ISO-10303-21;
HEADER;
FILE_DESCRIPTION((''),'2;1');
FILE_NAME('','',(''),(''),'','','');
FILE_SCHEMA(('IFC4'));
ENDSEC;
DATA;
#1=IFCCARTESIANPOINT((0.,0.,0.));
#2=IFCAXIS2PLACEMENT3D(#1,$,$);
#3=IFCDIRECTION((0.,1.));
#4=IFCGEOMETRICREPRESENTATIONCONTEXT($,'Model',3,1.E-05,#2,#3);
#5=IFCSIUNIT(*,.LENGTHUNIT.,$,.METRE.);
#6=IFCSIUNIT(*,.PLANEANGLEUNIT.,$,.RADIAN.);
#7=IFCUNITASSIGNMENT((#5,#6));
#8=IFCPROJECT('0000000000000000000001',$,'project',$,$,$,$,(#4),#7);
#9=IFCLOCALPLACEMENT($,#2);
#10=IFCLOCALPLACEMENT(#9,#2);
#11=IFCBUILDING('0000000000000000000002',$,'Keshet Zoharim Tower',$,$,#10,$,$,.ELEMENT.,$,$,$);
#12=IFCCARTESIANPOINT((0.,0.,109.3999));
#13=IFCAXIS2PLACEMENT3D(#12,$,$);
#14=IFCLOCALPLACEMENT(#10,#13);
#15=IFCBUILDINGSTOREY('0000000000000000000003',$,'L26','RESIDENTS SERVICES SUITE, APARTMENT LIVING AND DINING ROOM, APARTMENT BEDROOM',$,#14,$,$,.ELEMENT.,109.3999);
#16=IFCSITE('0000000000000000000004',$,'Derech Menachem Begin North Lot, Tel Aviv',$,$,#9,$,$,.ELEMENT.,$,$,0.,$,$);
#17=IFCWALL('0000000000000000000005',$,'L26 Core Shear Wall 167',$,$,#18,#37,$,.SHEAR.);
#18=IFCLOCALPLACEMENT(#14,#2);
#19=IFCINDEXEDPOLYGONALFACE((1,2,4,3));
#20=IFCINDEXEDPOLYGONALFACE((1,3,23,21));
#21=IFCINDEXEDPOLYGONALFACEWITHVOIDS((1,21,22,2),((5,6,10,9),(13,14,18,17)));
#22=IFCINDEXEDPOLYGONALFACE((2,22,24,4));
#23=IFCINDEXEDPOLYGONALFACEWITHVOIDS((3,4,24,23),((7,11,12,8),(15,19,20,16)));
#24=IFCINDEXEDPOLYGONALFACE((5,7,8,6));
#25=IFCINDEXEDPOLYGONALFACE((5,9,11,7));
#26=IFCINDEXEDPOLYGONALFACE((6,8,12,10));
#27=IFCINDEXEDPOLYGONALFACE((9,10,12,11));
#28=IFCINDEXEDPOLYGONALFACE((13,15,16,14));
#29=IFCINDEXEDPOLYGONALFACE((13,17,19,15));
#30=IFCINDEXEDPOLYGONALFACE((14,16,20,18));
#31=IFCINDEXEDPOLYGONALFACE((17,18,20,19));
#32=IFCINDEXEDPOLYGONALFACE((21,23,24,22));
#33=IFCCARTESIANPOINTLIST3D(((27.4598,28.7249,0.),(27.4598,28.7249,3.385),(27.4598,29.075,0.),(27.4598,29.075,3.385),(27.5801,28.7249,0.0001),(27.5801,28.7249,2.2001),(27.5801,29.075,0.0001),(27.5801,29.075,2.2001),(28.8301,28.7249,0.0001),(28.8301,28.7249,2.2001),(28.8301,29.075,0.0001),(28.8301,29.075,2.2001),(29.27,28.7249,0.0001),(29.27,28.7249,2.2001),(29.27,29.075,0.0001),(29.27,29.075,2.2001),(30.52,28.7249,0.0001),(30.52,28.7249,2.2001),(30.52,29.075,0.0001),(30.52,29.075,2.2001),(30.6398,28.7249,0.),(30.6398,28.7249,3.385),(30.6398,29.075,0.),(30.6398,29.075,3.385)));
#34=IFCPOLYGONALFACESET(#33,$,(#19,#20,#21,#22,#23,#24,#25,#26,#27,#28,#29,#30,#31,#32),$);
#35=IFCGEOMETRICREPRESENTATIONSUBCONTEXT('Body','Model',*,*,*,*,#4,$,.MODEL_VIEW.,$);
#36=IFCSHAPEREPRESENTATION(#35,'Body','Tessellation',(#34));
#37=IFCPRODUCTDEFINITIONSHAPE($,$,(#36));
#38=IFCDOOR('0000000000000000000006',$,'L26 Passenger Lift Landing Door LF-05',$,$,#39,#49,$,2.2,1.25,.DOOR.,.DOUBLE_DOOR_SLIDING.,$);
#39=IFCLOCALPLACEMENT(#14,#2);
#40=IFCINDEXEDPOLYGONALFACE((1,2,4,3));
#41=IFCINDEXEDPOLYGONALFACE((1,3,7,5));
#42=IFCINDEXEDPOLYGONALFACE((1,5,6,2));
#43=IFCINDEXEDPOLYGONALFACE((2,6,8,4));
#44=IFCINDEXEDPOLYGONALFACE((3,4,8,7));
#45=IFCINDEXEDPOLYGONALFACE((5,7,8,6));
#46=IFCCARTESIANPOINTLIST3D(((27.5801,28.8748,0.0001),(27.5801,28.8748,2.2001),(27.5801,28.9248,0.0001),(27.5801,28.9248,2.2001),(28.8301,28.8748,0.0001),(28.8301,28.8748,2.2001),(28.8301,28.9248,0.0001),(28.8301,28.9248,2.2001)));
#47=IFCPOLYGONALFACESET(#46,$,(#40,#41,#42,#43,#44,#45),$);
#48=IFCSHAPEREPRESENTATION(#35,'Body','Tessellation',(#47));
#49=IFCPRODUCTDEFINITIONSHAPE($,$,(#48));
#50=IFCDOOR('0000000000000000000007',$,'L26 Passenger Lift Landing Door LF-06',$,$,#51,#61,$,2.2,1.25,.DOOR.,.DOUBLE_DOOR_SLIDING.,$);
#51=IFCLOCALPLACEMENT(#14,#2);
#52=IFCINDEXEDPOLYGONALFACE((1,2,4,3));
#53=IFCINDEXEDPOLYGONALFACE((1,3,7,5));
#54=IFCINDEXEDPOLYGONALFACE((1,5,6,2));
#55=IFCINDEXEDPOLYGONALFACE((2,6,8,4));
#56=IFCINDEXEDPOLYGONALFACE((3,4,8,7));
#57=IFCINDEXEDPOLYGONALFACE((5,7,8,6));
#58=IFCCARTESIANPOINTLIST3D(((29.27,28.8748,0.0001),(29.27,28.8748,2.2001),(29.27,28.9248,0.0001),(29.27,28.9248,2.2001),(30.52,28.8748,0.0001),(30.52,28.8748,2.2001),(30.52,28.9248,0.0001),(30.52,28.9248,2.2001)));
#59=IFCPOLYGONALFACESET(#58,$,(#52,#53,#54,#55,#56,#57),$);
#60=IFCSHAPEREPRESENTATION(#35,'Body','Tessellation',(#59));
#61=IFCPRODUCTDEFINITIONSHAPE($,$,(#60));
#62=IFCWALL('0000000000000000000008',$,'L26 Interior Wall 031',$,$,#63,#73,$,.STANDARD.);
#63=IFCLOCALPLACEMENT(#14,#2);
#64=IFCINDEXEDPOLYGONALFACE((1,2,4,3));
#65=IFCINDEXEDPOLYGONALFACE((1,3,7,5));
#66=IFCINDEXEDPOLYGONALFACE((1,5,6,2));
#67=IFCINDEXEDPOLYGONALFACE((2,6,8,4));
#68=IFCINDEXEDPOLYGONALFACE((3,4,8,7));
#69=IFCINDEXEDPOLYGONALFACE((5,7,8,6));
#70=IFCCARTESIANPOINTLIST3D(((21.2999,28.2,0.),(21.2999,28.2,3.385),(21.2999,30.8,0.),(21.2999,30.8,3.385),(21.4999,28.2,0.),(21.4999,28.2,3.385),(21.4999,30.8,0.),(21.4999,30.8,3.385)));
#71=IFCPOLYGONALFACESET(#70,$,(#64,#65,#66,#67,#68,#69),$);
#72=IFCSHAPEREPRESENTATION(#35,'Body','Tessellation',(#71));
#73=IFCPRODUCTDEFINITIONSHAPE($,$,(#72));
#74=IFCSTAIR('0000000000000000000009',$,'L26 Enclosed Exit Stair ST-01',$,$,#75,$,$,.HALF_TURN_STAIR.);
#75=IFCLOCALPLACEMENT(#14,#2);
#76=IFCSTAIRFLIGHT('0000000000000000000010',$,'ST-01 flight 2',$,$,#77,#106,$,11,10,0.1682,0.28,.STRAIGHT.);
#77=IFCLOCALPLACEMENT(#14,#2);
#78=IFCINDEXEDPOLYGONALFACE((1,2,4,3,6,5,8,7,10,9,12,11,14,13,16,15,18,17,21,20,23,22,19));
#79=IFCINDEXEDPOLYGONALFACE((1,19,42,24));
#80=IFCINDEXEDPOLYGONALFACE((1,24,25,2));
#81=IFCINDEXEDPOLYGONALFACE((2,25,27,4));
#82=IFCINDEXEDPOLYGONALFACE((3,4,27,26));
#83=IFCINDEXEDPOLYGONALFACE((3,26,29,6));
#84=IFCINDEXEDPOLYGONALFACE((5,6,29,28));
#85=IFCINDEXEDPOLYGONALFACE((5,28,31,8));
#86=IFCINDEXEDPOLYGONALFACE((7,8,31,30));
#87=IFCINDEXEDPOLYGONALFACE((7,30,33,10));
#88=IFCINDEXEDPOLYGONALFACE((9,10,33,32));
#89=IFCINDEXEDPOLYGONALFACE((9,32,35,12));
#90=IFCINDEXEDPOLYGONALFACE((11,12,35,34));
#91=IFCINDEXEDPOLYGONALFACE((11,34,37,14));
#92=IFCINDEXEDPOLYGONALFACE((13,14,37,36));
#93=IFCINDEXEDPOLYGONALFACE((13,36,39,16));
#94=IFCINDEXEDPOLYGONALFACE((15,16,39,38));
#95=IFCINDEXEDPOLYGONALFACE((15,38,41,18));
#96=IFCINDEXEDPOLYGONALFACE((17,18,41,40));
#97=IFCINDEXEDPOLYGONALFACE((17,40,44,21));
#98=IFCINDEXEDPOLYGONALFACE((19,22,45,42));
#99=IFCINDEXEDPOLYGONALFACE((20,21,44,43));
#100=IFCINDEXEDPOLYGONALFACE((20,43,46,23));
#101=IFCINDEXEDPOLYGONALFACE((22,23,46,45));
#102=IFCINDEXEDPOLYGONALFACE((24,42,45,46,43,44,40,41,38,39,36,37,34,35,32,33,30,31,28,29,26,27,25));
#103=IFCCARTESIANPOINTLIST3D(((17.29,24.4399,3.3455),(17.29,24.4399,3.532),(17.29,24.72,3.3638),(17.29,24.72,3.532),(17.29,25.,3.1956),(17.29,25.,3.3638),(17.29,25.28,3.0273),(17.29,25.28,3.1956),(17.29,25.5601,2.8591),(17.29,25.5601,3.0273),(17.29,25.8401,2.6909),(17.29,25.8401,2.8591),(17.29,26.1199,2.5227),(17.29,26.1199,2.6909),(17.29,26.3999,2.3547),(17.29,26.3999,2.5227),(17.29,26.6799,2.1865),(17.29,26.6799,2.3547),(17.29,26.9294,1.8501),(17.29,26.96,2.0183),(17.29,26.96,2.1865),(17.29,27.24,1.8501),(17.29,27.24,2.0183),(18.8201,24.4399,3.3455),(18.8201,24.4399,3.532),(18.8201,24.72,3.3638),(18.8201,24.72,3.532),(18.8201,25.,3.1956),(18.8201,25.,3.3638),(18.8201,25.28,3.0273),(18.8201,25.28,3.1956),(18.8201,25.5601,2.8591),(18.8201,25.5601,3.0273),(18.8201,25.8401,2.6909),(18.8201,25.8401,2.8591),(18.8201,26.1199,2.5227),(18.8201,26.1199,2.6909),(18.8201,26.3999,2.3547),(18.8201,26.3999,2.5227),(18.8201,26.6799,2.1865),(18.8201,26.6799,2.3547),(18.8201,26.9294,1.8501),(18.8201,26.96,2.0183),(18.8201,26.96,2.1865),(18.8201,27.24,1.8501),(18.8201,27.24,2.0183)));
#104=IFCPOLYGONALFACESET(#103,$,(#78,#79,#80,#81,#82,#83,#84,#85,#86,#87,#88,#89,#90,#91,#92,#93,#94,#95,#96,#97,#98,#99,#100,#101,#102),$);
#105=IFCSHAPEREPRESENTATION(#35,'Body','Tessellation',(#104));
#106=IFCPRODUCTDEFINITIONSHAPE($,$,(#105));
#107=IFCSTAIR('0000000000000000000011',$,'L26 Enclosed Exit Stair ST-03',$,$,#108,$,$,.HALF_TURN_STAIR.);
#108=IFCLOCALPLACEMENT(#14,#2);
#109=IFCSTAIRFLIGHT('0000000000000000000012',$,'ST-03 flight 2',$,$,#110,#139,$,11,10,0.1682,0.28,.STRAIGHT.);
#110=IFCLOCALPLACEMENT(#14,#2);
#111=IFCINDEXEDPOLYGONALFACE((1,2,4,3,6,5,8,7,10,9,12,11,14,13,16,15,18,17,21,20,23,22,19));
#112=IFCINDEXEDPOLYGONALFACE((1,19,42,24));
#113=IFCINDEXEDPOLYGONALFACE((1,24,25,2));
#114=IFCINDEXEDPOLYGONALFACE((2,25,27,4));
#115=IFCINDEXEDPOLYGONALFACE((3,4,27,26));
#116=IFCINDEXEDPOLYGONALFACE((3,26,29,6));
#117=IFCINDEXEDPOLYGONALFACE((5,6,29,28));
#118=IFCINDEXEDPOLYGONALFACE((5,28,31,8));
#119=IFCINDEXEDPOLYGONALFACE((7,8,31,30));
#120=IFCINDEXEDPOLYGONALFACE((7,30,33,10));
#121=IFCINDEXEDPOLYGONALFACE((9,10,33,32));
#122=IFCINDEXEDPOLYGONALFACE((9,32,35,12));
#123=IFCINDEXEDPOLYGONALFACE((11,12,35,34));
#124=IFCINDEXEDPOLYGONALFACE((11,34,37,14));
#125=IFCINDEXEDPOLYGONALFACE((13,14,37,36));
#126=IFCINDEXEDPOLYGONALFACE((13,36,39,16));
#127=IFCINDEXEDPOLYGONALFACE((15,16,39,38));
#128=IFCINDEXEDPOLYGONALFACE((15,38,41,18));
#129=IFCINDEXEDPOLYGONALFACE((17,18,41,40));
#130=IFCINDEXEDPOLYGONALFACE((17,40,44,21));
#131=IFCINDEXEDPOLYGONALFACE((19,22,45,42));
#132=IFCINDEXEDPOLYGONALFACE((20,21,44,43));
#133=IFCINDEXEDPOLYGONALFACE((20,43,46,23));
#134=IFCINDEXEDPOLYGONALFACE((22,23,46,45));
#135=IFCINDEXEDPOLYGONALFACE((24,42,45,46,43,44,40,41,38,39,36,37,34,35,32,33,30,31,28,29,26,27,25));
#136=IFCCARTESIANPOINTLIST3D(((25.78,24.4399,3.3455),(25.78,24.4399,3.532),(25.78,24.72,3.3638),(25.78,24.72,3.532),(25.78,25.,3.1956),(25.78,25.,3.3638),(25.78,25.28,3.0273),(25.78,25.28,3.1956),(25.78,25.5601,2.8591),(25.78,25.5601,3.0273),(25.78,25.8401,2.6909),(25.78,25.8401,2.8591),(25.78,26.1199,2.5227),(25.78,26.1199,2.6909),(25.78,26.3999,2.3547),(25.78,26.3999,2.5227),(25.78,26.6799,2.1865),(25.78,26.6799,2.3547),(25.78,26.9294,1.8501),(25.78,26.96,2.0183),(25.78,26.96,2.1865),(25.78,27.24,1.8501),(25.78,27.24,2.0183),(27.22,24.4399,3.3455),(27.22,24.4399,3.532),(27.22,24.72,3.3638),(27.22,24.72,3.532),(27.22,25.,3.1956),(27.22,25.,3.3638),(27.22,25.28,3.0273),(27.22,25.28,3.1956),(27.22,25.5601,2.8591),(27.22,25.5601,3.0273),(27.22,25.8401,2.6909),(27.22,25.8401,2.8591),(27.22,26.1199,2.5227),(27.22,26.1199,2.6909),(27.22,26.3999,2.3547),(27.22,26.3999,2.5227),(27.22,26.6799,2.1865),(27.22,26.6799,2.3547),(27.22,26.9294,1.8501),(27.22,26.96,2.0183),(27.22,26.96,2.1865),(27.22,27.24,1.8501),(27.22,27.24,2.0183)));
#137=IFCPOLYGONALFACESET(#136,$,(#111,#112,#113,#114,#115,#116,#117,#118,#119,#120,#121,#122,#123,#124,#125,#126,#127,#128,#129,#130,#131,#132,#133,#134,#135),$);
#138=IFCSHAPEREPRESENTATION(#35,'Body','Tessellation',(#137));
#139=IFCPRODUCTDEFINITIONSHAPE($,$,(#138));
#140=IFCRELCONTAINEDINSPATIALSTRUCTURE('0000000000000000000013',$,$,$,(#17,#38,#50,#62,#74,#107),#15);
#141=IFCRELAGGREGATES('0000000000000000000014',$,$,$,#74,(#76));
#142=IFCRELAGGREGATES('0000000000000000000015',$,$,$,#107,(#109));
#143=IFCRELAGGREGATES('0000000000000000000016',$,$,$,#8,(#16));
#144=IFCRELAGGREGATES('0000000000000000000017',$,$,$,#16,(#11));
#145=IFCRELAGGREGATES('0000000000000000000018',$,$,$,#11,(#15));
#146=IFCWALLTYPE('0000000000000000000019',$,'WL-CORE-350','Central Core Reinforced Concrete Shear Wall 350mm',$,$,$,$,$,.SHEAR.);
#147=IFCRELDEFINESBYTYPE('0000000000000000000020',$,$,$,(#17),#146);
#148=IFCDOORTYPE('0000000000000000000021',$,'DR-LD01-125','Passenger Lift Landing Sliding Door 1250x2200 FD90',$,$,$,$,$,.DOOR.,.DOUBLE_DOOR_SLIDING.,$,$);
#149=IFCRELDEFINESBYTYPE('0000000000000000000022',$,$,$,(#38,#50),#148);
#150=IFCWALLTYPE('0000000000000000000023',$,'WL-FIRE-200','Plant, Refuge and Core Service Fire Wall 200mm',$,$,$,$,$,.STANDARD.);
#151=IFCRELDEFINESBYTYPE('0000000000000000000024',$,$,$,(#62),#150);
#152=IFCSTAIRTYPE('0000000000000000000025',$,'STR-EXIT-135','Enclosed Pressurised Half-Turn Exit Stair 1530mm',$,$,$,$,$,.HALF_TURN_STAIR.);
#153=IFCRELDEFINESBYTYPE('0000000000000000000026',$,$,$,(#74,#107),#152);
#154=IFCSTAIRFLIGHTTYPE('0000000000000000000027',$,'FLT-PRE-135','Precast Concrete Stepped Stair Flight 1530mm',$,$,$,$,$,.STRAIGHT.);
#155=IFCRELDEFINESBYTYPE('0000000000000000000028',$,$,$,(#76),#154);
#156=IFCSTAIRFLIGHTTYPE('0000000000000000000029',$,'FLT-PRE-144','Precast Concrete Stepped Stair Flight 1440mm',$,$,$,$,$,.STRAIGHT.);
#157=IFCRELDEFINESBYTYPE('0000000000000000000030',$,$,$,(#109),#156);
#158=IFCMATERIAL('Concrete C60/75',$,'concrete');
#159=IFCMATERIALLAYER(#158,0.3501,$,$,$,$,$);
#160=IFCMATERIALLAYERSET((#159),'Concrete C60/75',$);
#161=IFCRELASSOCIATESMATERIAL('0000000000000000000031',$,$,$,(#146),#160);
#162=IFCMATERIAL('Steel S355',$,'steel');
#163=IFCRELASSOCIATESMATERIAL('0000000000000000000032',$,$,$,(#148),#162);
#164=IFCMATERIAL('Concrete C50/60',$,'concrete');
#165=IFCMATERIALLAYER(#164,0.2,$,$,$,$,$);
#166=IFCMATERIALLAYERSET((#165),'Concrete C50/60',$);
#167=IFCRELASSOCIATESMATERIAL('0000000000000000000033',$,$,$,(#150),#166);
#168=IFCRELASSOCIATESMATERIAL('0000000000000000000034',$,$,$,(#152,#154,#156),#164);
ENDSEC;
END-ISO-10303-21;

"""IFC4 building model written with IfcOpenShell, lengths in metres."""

from ifc_helpers import new_model, si_unit, direction, frame, frame_2d, origin, place, context, subcontext, project, spatial, polyline, rectangle, outline, extrude, material, layer, layer_set, type_object, element, fill, aggregate, save


model = new_model("IFC4")

# Units and contexts
model_context = context("Model", 3, precision=1e-05, world=origin(), true_north=direction((0.0, 1.0)))
body_context = subcontext(model_context, "Body", "Model", "MODEL_VIEW")
ifc_project = project(units=[si_unit("LENGTHUNIT", "METRE"), si_unit("PLANEANGLEUNIT", "RADIAN")], contexts=[model_context])

# Site, building, storey
site_placement = place(None, origin())
site = spatial("IfcSite", under=ifc_project, at=site_placement, Name="Derech Menachem Begin North Lot, Tel Aviv", CompositionType="ELEMENT", RefElevation=0.0)
building_placement = place(site_placement, origin())
building = spatial("IfcBuilding", under=site, at=building_placement, Name="Keshet Zoharim Tower", CompositionType="ELEMENT")
storey_placement = place(building_placement, frame((0.0, 0.0, 109.3999)))
storey = spatial("IfcBuildingStorey", under=building, at=storey_placement, Name="L26", Description="RESIDENTS SERVICES SUITE, APARTMENT LIVING AND DINING ROOM, APARTMENT BEDROOM", CompositionType="ELEMENT", Elevation=109.3999)

# Shared definitions
ifc_material_1 = material(Name="Concrete C60/75", Category="concrete")
ifc_layer_1 = layer(ifc_material_1, 0.3501)
ifc_layer_set_1 = layer_set([ifc_layer_1], Name="Concrete C60/75")
wall_type_1 = type_object("IfcWallType", Name="WL-CORE-350", Description="Central Core Reinforced Concrete Shear Wall 350mm", PredefinedType="SHEAR", material=ifc_layer_set_1)

# Wall, openings, doors
ifc_material_2 = material(Name="Steel S355", Category="steel")
door_type_1 = type_object("IfcDoorType", Name="DR-LD01-125", Description="Passenger Lift Landing Sliding Door 1250x2200 FD90", OperationType="DOUBLE_DOOR_SLIDING", PredefinedType="DOOR", material=ifc_material_2)
wall_1_placement = place(storey_placement, frame((27.46, 28.8999, 0.0), z_axis=(0.0, 0.0, 1.0), x_axis=(1.0, 0.0, 0.0)))
wall_1 = element("IfcWall", 1, at=wall_1_placement, inside=storey, type_object=wall_type_1, Name="L26 Core Shear Wall 167", PredefinedType="SHEAR", context=body_context, shape_type="SweptSolid", body=[
    extrude(rectangle(XDim=3.1799, YDim=0.3501, at=frame_2d((1.5898, 0.0))), origin(), (0.0, 0.0, 1.0), 3.385),
])
opening_1_placement = place(wall_1_placement, frame((0.1201, 0.0, 0.0)))
opening_1 = element("IfcOpeningElement", 2, at=opening_1_placement, cuts=wall_1, PredefinedType="OPENING", context=body_context, shape_type="SweptSolid", body=[
    extrude(rectangle(XDim=1.25, YDim=2.2, at=frame_2d((0.625, 1.1001))), frame((0.0, 0.1851, 0.0), z_axis=(0.0, -1.0, 0.0), x_axis=(1.0, 0.0, 0.0)), (0.0, 0.0, 1.0), 0.3701),
])
opening_2_placement = place(wall_1_placement, frame((1.8101, 0.0, 0.0)))
opening_2 = element("IfcOpeningElement", 3, at=opening_2_placement, cuts=wall_1, PredefinedType="OPENING", context=body_context, shape_type="SweptSolid", body=[
    extrude(rectangle(XDim=1.25, YDim=2.2, at=frame_2d((0.625, 1.1001))), frame((0.0, 0.1851, 0.0), z_axis=(0.0, -1.0, 0.0), x_axis=(1.0, 0.0, 0.0)), (0.0, 0.0, 1.0), 0.3701),
])
door_1_placement = place(opening_1_placement, origin())
door_1 = element("IfcDoor", 4, at=door_1_placement, inside=storey, type_object=door_type_1, Name="L26 Passenger Lift Landing Door LF-05", OperationType="DOUBLE_DOOR_SLIDING", OverallHeight=2.2, OverallWidth=1.25, PredefinedType="DOOR", context=body_context, shape_type="SweptSolid", body=[
    extrude(rectangle(XDim=1.25, YDim=2.2, at=frame_2d((0.625, 1.1001))), frame((0.0, 0.0249, 0.0), z_axis=(0.0, -1.0, 0.0), x_axis=(1.0, 0.0, 0.0)), (0.0, 0.0, 1.0), 0.05),
])
fill(opening_1, door_1)
door_2_placement = place(opening_2_placement, origin())
door_2 = element("IfcDoor", 5, at=door_2_placement, inside=storey, type_object=door_type_1, Name="L26 Passenger Lift Landing Door LF-06", OperationType="DOUBLE_DOOR_SLIDING", OverallHeight=2.2, OverallWidth=1.25, PredefinedType="DOOR", context=body_context, shape_type="SweptSolid", body=[
    extrude(rectangle(XDim=1.25, YDim=2.2, at=frame_2d((0.625, 1.1001))), frame((0.0, 0.0249, 0.0), z_axis=(0.0, -1.0, 0.0), x_axis=(1.0, 0.0, 0.0)), (0.0, 0.0, 1.0), 0.05),
])
fill(opening_2, door_2)

# Wall
ifc_material_3 = material(Name="Concrete C50/60", Category="concrete")
ifc_layer_2 = layer(ifc_material_3, 0.2)
ifc_layer_set_2 = layer_set([ifc_layer_2], Name="Concrete C50/60")
wall_type_2 = type_object("IfcWallType", Name="WL-FIRE-200", Description="Plant, Refuge and Core Service Fire Wall 200mm", PredefinedType="STANDARD", material=ifc_layer_set_2)
wall_2_placement = place(storey_placement, frame((21.3999, 28.2, 0.0), z_axis=(0.0, 0.0, 1.0), x_axis=(0.0, 1.0, 0.0)))
element("IfcWall", 6, at=wall_2_placement, inside=storey, type_object=wall_type_2, Name="L26 Interior Wall 031", PredefinedType="STANDARD", context=body_context, shape_type="SweptSolid", body=[
    extrude(rectangle(XDim=2.6001, YDim=0.2, at=frame_2d((1.3, 0.0))), origin(), (0.0, 0.0, 1.0), 3.385),
])

# Stairs, stair flights
stair_type = type_object("IfcStairType", Name="STR-EXIT-135", Description="Enclosed Pressurised Half-Turn Exit Stair 1530mm", PredefinedType="HALF_TURN_STAIR", material=ifc_material_3)
stair_1_placement = place(storey_placement, origin())
stair_1 = element("IfcStair", 7, at=stair_1_placement, inside=storey, type_object=stair_type, Name="L26 Enclosed Exit Stair ST-01", PredefinedType="HALF_TURN_STAIR")
stair_flight_type_1 = type_object("IfcStairFlightType", Name="FLT-PRE-135", Description="Precast Concrete Stepped Stair Flight 1530mm", PredefinedType="STRAIGHT", material=ifc_material_3)
stair_flight_1_placement = place(storey_placement, frame((18.0549, 27.24, 1.8501), z_axis=(0.0, 0.0, 1.0), x_axis=(0.0, -1.0, 0.0)))
stair_flight_1 = element("IfcStairFlight", 8, at=stair_flight_1_placement, type_object=stair_flight_type_1, Name="ST-01 flight 2", NumberOfRisers=11, NumberOfTreads=10, PredefinedType="STRAIGHT", RiserHeight=0.1682, TreadLength=0.28, context=body_context, shape_type="SweptSolid", body=[
    extrude(outline(polyline([(0.0, 0.0), (0.0, 0.1682), (0.28, 0.1682), (0.28, 0.3364), (0.5601, 0.3364), (0.5601, 0.5046), (0.8401, 0.5046), (0.8401, 0.6726), (1.1201, 0.6726), (1.1201, 0.8408), (1.3999, 0.8408), (1.3999, 1.009), (1.6799, 1.009), (1.6799, 1.1772), (1.96, 1.1772), (1.96, 1.3455), (2.24, 1.3455), (2.24, 1.5137), (2.52, 1.5137), (2.52, 1.6819), (2.8, 1.6819), (2.8, 1.8501), (2.8, 1.4954), (0.3105, 0.0), (0.0, 0.0)])), frame((0.0, 0.7651, 0.0), z_axis=(0.0, -1.0, 0.0), x_axis=(1.0, 0.0, 0.0)), (0.0, 0.0, 1.0), 1.53),
])
aggregate(stair_1, [stair_flight_1])
stair_2_placement = place(storey_placement, origin())
stair_2 = element("IfcStair", 9, at=stair_2_placement, inside=storey, type_object=stair_type, Name="L26 Enclosed Exit Stair ST-03", PredefinedType="HALF_TURN_STAIR")
stair_flight_type_2 = type_object("IfcStairFlightType", Name="FLT-PRE-144", Description="Precast Concrete Stepped Stair Flight 1440mm", PredefinedType="STRAIGHT", material=ifc_material_3)
stair_flight_2_placement = place(storey_placement, frame((26.5, 27.24, 1.8501), z_axis=(0.0, 0.0, 1.0), x_axis=(0.0, -1.0, 0.0)))
stair_flight_2 = element("IfcStairFlight", 10, at=stair_flight_2_placement, type_object=stair_flight_type_2, Name="ST-03 flight 2", NumberOfRisers=11, NumberOfTreads=10, PredefinedType="STRAIGHT", RiserHeight=0.1682, TreadLength=0.28, context=body_context, shape_type="SweptSolid", body=[
    extrude(outline(polyline([(0.0, 0.0), (0.0, 0.1682), (0.28, 0.1682), (0.28, 0.3364), (0.5601, 0.3364), (0.5601, 0.5046), (0.8401, 0.5046), (0.8401, 0.6726), (1.1201, 0.6726), (1.1201, 0.8408), (1.3999, 0.8408), (1.3999, 1.009), (1.6799, 1.009), (1.6799, 1.1772), (1.96, 1.1772), (1.96, 1.3455), (2.24, 1.3455), (2.24, 1.5137), (2.52, 1.5137), (2.52, 1.6819), (2.8, 1.6819), (2.8, 1.8501), (2.8, 1.4954), (0.3105, 0.0), (0.0, 0.0)])), frame((0.0, 0.72, 0.0), z_axis=(0.0, -1.0, 0.0), x_axis=(1.0, 0.0, 0.0)), (0.0, 0.0, 1.0), 1.4399),
])
aggregate(stair_2, [stair_flight_2])

save(model, "model.ifc")
